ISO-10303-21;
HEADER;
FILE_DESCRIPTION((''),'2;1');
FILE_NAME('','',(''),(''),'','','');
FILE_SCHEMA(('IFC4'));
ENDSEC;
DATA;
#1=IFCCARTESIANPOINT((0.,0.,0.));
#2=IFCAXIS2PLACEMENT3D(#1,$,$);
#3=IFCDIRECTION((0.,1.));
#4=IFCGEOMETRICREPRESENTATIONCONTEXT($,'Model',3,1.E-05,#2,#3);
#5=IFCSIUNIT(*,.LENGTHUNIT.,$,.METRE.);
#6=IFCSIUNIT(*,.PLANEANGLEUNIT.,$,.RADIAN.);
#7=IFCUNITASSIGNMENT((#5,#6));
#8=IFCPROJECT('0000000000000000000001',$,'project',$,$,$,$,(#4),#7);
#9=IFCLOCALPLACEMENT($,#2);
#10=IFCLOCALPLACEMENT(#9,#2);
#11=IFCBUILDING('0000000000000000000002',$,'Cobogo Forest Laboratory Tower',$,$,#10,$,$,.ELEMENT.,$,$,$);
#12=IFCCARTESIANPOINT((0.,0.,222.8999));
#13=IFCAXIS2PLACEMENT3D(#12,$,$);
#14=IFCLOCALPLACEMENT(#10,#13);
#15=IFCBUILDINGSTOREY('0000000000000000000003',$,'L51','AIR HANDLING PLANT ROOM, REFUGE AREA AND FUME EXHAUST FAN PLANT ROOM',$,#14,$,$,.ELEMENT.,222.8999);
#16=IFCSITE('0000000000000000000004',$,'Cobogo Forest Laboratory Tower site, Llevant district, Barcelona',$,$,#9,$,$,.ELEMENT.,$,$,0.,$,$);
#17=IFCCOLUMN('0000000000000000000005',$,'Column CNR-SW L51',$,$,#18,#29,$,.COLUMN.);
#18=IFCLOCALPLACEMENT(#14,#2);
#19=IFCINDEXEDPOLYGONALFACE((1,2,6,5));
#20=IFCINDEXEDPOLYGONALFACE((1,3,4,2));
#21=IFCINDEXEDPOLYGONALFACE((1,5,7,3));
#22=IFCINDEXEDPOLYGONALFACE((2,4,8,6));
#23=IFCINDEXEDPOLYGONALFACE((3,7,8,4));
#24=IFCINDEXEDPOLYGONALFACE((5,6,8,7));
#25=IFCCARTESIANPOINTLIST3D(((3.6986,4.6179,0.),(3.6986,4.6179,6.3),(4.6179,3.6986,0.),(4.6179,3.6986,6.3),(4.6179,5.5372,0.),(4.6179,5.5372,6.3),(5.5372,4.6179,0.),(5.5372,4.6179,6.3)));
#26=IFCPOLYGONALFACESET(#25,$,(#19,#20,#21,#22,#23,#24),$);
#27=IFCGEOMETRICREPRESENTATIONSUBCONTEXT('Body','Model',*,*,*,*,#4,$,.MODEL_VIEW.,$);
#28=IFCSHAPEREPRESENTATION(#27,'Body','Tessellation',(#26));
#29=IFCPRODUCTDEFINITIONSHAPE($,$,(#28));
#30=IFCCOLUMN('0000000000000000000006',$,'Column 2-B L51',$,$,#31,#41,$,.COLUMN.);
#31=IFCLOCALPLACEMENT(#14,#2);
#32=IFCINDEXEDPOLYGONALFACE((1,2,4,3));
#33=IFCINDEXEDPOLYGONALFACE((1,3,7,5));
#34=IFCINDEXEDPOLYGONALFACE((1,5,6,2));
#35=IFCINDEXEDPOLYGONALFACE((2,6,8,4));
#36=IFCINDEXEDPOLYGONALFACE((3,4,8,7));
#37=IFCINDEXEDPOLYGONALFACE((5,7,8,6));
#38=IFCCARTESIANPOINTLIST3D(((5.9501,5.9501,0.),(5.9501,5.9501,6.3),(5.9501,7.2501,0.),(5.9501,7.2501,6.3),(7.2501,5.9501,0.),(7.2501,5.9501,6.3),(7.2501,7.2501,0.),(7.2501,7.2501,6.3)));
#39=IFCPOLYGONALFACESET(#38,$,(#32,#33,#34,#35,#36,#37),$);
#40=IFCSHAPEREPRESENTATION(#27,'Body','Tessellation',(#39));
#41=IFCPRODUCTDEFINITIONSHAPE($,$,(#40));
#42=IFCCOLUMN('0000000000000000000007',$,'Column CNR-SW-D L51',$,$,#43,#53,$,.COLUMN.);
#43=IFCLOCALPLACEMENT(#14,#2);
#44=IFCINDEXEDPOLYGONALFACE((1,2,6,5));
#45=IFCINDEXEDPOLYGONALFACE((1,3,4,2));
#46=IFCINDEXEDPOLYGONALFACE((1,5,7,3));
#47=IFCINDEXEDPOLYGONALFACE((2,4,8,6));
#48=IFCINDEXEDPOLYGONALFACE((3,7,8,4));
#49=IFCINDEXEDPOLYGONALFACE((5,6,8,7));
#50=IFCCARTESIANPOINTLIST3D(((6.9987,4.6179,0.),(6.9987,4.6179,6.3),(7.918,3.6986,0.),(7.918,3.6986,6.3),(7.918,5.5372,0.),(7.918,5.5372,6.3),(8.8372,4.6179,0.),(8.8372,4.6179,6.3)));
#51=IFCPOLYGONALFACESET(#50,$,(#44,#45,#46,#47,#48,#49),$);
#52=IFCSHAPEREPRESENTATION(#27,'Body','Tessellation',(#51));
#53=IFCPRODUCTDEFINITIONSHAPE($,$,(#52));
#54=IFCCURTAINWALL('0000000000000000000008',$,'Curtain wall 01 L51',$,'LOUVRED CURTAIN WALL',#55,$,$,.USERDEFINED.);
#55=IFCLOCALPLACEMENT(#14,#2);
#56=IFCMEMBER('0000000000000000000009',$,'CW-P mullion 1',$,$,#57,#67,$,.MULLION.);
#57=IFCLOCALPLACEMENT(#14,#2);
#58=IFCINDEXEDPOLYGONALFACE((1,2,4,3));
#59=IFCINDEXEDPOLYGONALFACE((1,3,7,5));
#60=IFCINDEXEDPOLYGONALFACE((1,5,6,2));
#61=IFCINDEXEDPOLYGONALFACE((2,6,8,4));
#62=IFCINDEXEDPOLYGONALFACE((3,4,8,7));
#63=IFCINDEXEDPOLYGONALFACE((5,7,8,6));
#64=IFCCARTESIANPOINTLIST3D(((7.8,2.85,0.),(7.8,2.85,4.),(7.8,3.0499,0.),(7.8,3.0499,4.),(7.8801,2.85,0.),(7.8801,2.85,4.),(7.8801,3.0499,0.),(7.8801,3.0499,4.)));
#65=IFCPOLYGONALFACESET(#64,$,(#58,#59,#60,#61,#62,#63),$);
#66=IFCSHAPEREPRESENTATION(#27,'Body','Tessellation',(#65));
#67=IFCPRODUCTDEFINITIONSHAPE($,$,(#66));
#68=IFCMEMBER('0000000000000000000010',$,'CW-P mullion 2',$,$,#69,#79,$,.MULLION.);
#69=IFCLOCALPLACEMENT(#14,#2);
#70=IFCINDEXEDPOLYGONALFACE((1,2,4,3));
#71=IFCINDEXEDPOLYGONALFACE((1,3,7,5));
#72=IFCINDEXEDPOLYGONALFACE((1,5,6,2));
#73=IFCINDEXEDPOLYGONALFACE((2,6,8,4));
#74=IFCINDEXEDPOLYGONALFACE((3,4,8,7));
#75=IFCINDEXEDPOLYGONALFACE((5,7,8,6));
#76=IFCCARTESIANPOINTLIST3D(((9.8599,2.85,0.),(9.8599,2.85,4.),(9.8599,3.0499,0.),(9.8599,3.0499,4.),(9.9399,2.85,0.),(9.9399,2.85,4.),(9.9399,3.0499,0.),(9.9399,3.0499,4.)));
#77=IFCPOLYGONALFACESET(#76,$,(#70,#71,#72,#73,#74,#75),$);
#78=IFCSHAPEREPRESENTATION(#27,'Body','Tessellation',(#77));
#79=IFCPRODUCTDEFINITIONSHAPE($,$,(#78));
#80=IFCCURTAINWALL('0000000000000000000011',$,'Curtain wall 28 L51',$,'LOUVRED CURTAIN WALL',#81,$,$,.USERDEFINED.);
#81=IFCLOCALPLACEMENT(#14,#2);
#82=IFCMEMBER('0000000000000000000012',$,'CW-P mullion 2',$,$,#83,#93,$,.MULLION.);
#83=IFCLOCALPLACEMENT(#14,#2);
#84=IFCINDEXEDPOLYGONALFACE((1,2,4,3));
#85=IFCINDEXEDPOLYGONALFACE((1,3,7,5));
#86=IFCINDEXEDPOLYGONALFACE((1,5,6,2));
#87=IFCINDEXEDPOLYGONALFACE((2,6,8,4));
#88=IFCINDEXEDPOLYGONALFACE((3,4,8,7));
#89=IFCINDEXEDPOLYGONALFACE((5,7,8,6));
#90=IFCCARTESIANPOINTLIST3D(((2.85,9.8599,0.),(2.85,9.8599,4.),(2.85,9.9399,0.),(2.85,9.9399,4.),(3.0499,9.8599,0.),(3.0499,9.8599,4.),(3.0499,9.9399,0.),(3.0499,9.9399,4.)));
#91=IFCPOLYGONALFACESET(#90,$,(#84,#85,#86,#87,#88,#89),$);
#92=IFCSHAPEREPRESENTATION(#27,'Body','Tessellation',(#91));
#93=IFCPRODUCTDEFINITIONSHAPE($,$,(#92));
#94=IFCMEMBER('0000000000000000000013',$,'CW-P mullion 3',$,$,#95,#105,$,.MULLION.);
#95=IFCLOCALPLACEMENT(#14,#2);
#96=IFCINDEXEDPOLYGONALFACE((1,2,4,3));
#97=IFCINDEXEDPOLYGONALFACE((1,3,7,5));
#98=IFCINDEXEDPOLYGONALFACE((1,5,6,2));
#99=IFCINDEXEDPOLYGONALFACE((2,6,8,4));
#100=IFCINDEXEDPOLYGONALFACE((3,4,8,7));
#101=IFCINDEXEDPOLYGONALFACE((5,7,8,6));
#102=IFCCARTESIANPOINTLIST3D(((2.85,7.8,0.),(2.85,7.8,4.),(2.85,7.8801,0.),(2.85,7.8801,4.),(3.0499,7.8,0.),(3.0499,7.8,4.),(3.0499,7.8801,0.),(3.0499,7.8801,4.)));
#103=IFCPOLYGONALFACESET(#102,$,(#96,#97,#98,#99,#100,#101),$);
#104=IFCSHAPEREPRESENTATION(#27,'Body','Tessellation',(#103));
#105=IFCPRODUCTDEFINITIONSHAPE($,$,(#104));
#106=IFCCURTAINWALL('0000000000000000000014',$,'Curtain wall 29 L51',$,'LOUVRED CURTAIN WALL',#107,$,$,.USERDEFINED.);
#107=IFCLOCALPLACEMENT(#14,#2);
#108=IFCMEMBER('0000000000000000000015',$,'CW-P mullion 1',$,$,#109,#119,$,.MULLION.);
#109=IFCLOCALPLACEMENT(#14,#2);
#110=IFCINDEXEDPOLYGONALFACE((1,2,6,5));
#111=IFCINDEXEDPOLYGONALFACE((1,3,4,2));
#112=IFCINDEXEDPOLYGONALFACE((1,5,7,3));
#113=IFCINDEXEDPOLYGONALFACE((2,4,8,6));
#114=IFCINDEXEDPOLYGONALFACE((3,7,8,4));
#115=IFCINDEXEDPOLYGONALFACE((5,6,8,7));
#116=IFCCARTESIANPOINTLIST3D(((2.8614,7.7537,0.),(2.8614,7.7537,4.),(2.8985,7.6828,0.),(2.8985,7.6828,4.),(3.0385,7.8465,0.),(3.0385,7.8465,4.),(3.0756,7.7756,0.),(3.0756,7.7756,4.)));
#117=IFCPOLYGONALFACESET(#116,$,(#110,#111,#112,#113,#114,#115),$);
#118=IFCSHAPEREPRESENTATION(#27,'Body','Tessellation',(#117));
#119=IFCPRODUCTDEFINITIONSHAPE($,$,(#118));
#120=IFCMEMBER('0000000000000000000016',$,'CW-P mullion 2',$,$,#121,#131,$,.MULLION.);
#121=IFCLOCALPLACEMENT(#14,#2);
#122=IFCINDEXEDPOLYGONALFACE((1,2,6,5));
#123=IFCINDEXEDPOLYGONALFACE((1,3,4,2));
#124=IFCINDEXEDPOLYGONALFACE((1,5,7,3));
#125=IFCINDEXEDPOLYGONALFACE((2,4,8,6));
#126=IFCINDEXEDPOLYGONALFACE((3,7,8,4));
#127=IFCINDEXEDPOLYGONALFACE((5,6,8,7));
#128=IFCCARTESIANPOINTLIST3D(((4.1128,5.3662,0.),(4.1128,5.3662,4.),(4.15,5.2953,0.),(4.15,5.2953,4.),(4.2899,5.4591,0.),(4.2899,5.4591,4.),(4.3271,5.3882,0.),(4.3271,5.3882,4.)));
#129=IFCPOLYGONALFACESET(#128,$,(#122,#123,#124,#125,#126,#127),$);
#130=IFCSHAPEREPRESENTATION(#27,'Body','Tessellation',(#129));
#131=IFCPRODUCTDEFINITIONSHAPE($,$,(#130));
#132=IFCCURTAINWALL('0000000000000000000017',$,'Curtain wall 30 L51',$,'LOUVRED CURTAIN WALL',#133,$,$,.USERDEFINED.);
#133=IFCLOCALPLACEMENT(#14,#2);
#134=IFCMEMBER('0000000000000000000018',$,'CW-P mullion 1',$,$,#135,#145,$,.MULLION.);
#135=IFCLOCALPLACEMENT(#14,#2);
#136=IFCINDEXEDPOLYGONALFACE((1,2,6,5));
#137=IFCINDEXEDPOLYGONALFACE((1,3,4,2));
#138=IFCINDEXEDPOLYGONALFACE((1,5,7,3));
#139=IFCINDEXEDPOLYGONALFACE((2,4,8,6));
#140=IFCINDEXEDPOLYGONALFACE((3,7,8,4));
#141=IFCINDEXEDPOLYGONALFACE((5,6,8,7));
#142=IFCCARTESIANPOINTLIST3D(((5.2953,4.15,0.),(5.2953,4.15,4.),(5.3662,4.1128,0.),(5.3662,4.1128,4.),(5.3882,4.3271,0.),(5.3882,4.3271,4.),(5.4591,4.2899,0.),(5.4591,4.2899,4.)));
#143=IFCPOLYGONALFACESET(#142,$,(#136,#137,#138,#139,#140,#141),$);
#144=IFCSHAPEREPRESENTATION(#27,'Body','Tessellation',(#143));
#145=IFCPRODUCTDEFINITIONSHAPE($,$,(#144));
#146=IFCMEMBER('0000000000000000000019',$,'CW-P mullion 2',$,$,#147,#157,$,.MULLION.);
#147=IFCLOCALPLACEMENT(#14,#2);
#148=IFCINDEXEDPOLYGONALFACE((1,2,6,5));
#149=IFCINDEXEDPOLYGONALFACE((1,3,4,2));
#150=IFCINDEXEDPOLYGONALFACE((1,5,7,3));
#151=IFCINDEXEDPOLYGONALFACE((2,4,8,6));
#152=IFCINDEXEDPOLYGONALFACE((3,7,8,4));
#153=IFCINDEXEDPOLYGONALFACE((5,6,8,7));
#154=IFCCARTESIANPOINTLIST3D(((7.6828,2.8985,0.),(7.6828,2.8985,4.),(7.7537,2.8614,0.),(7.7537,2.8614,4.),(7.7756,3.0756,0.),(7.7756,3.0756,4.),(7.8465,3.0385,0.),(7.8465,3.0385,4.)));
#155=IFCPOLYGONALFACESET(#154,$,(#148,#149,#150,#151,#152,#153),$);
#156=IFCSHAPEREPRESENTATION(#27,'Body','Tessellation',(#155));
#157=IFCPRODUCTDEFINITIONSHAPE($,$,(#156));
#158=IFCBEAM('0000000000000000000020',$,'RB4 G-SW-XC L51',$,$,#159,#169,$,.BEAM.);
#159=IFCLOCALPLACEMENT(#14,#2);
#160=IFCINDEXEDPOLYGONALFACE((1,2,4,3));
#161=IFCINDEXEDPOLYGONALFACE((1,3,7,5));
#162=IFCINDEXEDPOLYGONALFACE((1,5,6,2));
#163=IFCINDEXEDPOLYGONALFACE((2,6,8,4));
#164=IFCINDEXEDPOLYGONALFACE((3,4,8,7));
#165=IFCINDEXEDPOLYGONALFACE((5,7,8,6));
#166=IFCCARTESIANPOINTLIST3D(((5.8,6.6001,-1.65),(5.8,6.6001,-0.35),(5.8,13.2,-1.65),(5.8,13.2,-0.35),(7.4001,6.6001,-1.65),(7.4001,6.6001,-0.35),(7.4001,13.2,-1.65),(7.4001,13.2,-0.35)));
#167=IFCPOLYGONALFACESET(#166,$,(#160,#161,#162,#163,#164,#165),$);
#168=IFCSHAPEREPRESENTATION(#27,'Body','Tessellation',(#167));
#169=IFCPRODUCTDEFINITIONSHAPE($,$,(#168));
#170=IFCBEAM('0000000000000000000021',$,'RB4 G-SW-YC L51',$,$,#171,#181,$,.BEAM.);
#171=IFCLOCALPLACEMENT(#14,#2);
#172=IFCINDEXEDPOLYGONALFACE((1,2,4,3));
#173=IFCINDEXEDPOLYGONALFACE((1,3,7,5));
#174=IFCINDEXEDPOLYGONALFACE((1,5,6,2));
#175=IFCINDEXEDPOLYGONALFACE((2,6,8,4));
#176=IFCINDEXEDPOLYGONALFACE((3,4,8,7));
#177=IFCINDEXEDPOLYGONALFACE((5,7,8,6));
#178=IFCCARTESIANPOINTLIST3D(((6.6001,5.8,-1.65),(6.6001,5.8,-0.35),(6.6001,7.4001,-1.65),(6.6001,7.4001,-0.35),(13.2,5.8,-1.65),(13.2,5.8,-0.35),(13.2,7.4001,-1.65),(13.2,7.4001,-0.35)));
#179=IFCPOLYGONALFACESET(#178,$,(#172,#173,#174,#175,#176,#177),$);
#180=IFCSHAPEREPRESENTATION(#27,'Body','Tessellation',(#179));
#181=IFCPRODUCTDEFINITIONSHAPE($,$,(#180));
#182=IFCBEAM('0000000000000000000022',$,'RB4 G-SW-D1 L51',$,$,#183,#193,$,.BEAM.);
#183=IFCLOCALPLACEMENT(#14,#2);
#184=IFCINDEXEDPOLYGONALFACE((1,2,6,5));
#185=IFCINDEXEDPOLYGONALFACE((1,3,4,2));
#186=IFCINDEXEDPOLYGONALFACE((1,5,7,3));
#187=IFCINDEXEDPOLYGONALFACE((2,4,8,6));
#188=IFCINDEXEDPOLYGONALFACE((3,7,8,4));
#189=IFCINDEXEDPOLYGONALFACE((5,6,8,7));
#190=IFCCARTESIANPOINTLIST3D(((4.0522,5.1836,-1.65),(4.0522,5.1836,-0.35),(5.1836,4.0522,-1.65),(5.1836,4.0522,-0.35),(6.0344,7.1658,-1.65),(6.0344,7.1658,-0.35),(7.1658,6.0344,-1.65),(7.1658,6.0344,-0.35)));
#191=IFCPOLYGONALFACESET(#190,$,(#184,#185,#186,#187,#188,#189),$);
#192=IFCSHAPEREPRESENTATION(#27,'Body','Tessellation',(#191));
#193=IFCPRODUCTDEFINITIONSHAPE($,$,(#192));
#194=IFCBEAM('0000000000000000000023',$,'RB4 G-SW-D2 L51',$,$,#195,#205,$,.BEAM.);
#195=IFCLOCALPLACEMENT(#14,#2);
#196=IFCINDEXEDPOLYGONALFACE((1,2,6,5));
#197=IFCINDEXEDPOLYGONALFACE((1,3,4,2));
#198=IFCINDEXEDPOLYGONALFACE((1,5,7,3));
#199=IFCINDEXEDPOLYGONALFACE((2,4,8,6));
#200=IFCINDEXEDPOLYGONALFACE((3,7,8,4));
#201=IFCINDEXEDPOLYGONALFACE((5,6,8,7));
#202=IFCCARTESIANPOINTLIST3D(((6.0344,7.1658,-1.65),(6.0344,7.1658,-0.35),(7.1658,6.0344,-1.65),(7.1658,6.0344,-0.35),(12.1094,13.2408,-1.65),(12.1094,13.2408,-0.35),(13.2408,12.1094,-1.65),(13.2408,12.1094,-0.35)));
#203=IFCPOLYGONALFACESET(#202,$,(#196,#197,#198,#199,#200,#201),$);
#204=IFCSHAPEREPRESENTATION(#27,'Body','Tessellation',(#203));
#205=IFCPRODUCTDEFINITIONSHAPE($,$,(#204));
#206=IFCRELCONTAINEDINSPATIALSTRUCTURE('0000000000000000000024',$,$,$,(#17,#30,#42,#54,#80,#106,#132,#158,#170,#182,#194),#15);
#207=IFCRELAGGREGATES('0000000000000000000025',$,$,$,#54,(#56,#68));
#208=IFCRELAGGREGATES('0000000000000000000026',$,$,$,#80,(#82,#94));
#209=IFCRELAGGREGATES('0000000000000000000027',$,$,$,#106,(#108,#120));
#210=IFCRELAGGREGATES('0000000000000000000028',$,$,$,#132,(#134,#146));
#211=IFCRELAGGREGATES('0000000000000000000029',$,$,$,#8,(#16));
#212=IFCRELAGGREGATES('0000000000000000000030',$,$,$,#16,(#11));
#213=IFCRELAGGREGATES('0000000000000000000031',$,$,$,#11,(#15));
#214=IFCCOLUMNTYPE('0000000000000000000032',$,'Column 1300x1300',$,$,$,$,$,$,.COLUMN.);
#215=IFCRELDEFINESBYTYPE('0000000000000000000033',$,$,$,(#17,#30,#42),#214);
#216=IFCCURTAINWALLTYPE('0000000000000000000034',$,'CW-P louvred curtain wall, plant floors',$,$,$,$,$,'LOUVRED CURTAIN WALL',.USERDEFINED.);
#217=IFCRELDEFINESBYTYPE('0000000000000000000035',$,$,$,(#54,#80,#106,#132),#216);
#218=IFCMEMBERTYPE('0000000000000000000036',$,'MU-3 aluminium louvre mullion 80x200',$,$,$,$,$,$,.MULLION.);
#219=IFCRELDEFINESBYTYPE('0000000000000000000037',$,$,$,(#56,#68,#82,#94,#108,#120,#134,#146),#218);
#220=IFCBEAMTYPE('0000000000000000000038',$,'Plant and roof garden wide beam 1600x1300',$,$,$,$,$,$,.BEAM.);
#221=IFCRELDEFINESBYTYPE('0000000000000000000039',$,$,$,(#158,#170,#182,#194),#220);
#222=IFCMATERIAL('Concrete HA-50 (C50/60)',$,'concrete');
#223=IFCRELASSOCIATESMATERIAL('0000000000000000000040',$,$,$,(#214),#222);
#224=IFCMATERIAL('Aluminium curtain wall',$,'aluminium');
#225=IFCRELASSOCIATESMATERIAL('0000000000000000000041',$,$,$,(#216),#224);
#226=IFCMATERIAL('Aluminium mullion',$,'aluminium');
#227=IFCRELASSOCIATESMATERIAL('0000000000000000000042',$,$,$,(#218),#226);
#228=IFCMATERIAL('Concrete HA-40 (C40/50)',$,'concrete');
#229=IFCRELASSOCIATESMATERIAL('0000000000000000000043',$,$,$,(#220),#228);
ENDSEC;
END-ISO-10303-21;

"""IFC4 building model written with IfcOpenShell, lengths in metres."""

from ifc_helpers import new_model, si_unit, direction, frame, origin, origin_2d, place, context, subcontext, project, spatial, rectangle, extrude, material, material_profile, profile_set, type_object, element, aggregate, save


model = new_model("IFC4")

# Units and contexts
model_context = context("Model", 3, precision=1e-05, world=origin(), true_north=direction((0.0, 1.0)))
body_context = subcontext(model_context, "Body", "Model", "MODEL_VIEW")
ifc_project = project(units=[si_unit("LENGTHUNIT", "METRE"), si_unit("PLANEANGLEUNIT", "RADIAN")], contexts=[model_context])

# Site, building, storey
site_placement = place(None, origin())
site = spatial("IfcSite", under=ifc_project, at=site_placement, Name="Cobogo Forest Laboratory Tower site, Llevant district, Barcelona", CompositionType="ELEMENT", RefElevation=0.0)
building_placement = place(site_placement, origin())
building = spatial("IfcBuilding", under=site, at=building_placement, Name="Cobogo Forest Laboratory Tower", CompositionType="ELEMENT")
storey_placement = place(building_placement, frame((0.0, 0.0, 222.8999)))
storey = spatial("IfcBuildingStorey", under=building, at=storey_placement, Name="L51", Description="AIR HANDLING PLANT ROOM, REFUGE AREA AND FUME EXHAUST FAN PLANT ROOM", CompositionType="ELEMENT", Elevation=222.8999)

# Columns
ifc_material_1 = material(Name="Concrete HA-50 (C50/60)", Category="concrete")
ifc_material_profile_1 = material_profile(ifc_material_1, rectangle(XDim=1.3, YDim=1.3, at=origin_2d()), Name="RC 1300x1300")
ifc_profile_set_1 = profile_set([ifc_material_profile_1], Name="Concrete HA-50 (C50/60)")
column_type = type_object("IfcColumnType", Name="Column 1300x1300", PredefinedType="COLUMN", material=ifc_profile_set_1)
for number, where, z_axis, x_axis, name in (
    (1, (4.6179, 4.6179, 0.0), (0.0, 0.0, 1.0), (0.707107, 0.707107, 0.0), "Column CNR-SW L51"),
    (2, (6.6001, 6.6001, 0.0), (0.0, 0.0, 1.0), (1.0, 0.0, 0.0), "Column 2-B L51"),
    (3, (7.918, 4.6179, 0.0), (0.0, 0.0, 1.0), (0.707107, 0.707107, 0.0), "Column CNR-SW-D L51"),
):
    element("IfcColumn", number, at=place(storey_placement, frame(where, z_axis=z_axis, x_axis=x_axis)), inside=storey, type_object=column_type, Name=name, PredefinedType="COLUMN", context=body_context, shape_type="SweptSolid", body=[
        extrude(rectangle(XDim=1.3, YDim=1.3, at=origin_2d()), origin(), (0.0, 0.0, 1.0), 6.3),
    ])

# Curtain walls, members
ifc_material_2 = material(Name="Aluminium curtain wall", Category="aluminium")
curtain_wall_type = type_object("IfcCurtainWallType", Name="CW-P louvred curtain wall, plant floors", ElementType="LOUVRED CURTAIN WALL", PredefinedType="USERDEFINED", material=ifc_material_2)
curtain_wall_1_placement = place(storey_placement, origin())
curtain_wall_1 = element("IfcCurtainWall", 4, at=curtain_wall_1_placement, inside=storey, type_object=curtain_wall_type, Name="Curtain wall 01 L51", ObjectType="LOUVRED CURTAIN WALL", PredefinedType="USERDEFINED")
ifc_material_3 = material(Name="Aluminium mullion", Category="aluminium")
ifc_material_profile_2 = material_profile(ifc_material_3, rectangle(XDim=0.0801, YDim=0.2, at=origin_2d()), Name="AL 80x200")
ifc_profile_set_2 = profile_set([ifc_material_profile_2], Name="Aluminium mullion")
member_type_1 = type_object("IfcMemberType", Name="MU-3 aluminium louvre mullion 80x200", PredefinedType="MULLION", material=ifc_profile_set_2)
member_1_placement = place(storey_placement, frame((7.8401, 2.95, 0.0), z_axis=(0.0, 0.0, 1.0), x_axis=(1.0, 0.0, 0.0)))
member_1 = element("IfcMember", 5, at=member_1_placement, type_object=member_type_1, Name="CW-P mullion 1", PredefinedType="MULLION", context=body_context, shape_type="SweptSolid", body=[
    extrude(rectangle(XDim=0.0801, YDim=0.2, at=origin_2d()), origin(), (0.0, 0.0, 1.0), 4.0),
])
member_2_placement = place(storey_placement, frame((9.8999, 2.95, 0.0), z_axis=(0.0, 0.0, 1.0), x_axis=(1.0, 0.0, 0.0)))
member_2 = element("IfcMember", 6, at=member_2_placement, type_object=member_type_1, Name="CW-P mullion 2", PredefinedType="MULLION", context=body_context, shape_type="SweptSolid", body=[
    extrude(rectangle(XDim=0.0801, YDim=0.2, at=origin_2d()), origin(), (0.0, 0.0, 1.0), 4.0),
])
curtain_wall_2_placement = place(storey_placement, origin())
curtain_wall_2 = element("IfcCurtainWall", 7, at=curtain_wall_2_placement, inside=storey, type_object=curtain_wall_type, Name="Curtain wall 28 L51", ObjectType="LOUVRED CURTAIN WALL", PredefinedType="USERDEFINED")
member_3_placement = place(storey_placement, frame((2.95, 9.8999, 0.0), z_axis=(0.0, 0.0, 1.0), x_axis=(0.0, -1.0, 0.0)))
member_3 = element("IfcMember", 8, at=member_3_placement, type_object=member_type_1, Name="CW-P mullion 2", PredefinedType="MULLION", context=body_context, shape_type="SweptSolid", body=[
    extrude(rectangle(XDim=0.0801, YDim=0.2, at=origin_2d()), origin(), (0.0, 0.0, 1.0), 4.0),
])
member_4_placement = place(storey_placement, frame((2.95, 7.8401, 0.0), z_axis=(0.0, 0.0, 1.0), x_axis=(0.0, -1.0, 0.0)))
member_4 = element("IfcMember", 9, at=member_4_placement, type_object=member_type_1, Name="CW-P mullion 3", PredefinedType="MULLION", context=body_context, shape_type="SweptSolid", body=[
    extrude(rectangle(XDim=0.0801, YDim=0.2, at=origin_2d()), origin(), (0.0, 0.0, 1.0), 4.0),
])
curtain_wall_3_placement = place(storey_placement, origin())
curtain_wall_3 = element("IfcCurtainWall", 10, at=curtain_wall_3_placement, inside=storey, type_object=curtain_wall_type, Name="Curtain wall 29 L51", ObjectType="LOUVRED CURTAIN WALL", PredefinedType="USERDEFINED")
member_5_placement = place(storey_placement, frame((2.9685, 7.7646, 0.0), z_axis=(0.0, 0.0, 1.0), x_axis=(0.464284, -0.885687, 0.0)))
member_5 = element("IfcMember", 11, at=member_5_placement, type_object=member_type_1, Name="CW-P mullion 1", PredefinedType="MULLION", context=body_context, shape_type="SweptSolid", body=[
    extrude(rectangle(XDim=0.0801, YDim=0.2, at=origin_2d()), origin(), (0.0, 0.0, 1.0), 4.0),
])
member_6_placement = place(storey_placement, frame((4.22, 5.3772, 0.0), z_axis=(0.0, 0.0, 1.0), x_axis=(0.464284, -0.885687, 0.0)))
member_6 = element("IfcMember", 12, at=member_6_placement, type_object=member_type_1, Name="CW-P mullion 2", PredefinedType="MULLION", context=body_context, shape_type="SweptSolid", body=[
    extrude(rectangle(XDim=0.0801, YDim=0.2, at=origin_2d()), origin(), (0.0, 0.0, 1.0), 4.0),
])
curtain_wall_4_placement = place(storey_placement, origin())
curtain_wall_4 = element("IfcCurtainWall", 13, at=curtain_wall_4_placement, inside=storey, type_object=curtain_wall_type, Name="Curtain wall 30 L51", ObjectType="LOUVRED CURTAIN WALL", PredefinedType="USERDEFINED")
member_7_placement = place(storey_placement, frame((5.3772, 4.22, 0.0), z_axis=(0.0, 0.0, 1.0), x_axis=(0.885687, -0.464284, 0.0)))
member_7 = element("IfcMember", 14, at=member_7_placement, type_object=member_type_1, Name="CW-P mullion 1", PredefinedType="MULLION", context=body_context, shape_type="SweptSolid", body=[
    extrude(rectangle(XDim=0.0801, YDim=0.2, at=origin_2d()), origin(), (0.0, 0.0, 1.0), 4.0),
])
member_8_placement = place(storey_placement, frame((7.7646, 2.9685, 0.0), z_axis=(0.0, 0.0, 1.0), x_axis=(0.885687, -0.464284, 0.0)))
member_8 = element("IfcMember", 15, at=member_8_placement, type_object=member_type_1, Name="CW-P mullion 2", PredefinedType="MULLION", context=body_context, shape_type="SweptSolid", body=[
    extrude(rectangle(XDim=0.0801, YDim=0.2, at=origin_2d()), origin(), (0.0, 0.0, 1.0), 4.0),
])

# Beams
ifc_material_4 = material(Name="Concrete HA-40 (C40/50)", Category="concrete")
ifc_material_profile_3 = material_profile(ifc_material_4, rectangle(XDim=1.6001, YDim=1.3, at=origin_2d()), Name="RC 1600x1300")
ifc_profile_set_3 = profile_set([ifc_material_profile_3], Name="Concrete HA-40 (C40/50)")
beam_type_1 = type_object("IfcBeamType", Name="Plant and roof garden wide beam 1600x1300", PredefinedType="BEAM", material=ifc_profile_set_3)
for number, where, z_axis, x_axis, name in (
    (16, (6.6001, 6.6001, -1.0), (0.0, 1.0, 0.0), (-1.0, 0.0, 0.0), "RB4 G-SW-XC L51"),
    (17, (6.6001, 6.6001, -1.0), (1.0, 0.0, 0.0), (0.0, 1.0, 0.0), "RB4 G-SW-YC L51"),
):
    element("IfcBeam", number, at=place(storey_placement, frame(where, z_axis=z_axis, x_axis=x_axis)), inside=storey, type_object=beam_type_1, Name=name, PredefinedType="BEAM", context=body_context, shape_type="SweptSolid", body=[
        extrude(rectangle(XDim=1.6001, YDim=1.3, at=origin_2d()), origin(), (0.0, 0.0, 1.0), 6.5999),
    ])
beam_1_placement = place(storey_placement, frame((4.6179, 4.6179, -1.0), z_axis=(0.707107, 0.707107, 0.0), x_axis=(-0.707107, 0.707107, 0.0)))
element("IfcBeam", 18, at=beam_1_placement, inside=storey, type_object=beam_type_1, Name="RB4 G-SW-D1 L51", PredefinedType="BEAM", context=body_context, shape_type="SweptSolid", body=[
    extrude(rectangle(XDim=1.6001, YDim=1.3, at=origin_2d()), origin(), (0.0, 0.0, 1.0), 2.8032),
])
beam_2_placement = place(storey_placement, frame((6.6001, 6.6001, -1.0), z_axis=(0.707107, 0.707107, 0.0), x_axis=(-0.707107, 0.707107, 0.0)))
element("IfcBeam", 19, at=beam_2_placement, inside=storey, type_object=beam_type_1, Name="RB4 G-SW-D2 L51", PredefinedType="BEAM", context=body_context, shape_type="SweptSolid", body=[
    extrude(rectangle(XDim=1.6001, YDim=1.3, at=origin_2d()), origin(), (0.0, 0.0, 1.0), 8.5913),
])

aggregate(curtain_wall_1, [member_1, member_2])
aggregate(curtain_wall_2, [member_3, member_4])
aggregate(curtain_wall_3, [member_5, member_6])
aggregate(curtain_wall_4, [member_7, member_8])

save(model, "model.ifc")
